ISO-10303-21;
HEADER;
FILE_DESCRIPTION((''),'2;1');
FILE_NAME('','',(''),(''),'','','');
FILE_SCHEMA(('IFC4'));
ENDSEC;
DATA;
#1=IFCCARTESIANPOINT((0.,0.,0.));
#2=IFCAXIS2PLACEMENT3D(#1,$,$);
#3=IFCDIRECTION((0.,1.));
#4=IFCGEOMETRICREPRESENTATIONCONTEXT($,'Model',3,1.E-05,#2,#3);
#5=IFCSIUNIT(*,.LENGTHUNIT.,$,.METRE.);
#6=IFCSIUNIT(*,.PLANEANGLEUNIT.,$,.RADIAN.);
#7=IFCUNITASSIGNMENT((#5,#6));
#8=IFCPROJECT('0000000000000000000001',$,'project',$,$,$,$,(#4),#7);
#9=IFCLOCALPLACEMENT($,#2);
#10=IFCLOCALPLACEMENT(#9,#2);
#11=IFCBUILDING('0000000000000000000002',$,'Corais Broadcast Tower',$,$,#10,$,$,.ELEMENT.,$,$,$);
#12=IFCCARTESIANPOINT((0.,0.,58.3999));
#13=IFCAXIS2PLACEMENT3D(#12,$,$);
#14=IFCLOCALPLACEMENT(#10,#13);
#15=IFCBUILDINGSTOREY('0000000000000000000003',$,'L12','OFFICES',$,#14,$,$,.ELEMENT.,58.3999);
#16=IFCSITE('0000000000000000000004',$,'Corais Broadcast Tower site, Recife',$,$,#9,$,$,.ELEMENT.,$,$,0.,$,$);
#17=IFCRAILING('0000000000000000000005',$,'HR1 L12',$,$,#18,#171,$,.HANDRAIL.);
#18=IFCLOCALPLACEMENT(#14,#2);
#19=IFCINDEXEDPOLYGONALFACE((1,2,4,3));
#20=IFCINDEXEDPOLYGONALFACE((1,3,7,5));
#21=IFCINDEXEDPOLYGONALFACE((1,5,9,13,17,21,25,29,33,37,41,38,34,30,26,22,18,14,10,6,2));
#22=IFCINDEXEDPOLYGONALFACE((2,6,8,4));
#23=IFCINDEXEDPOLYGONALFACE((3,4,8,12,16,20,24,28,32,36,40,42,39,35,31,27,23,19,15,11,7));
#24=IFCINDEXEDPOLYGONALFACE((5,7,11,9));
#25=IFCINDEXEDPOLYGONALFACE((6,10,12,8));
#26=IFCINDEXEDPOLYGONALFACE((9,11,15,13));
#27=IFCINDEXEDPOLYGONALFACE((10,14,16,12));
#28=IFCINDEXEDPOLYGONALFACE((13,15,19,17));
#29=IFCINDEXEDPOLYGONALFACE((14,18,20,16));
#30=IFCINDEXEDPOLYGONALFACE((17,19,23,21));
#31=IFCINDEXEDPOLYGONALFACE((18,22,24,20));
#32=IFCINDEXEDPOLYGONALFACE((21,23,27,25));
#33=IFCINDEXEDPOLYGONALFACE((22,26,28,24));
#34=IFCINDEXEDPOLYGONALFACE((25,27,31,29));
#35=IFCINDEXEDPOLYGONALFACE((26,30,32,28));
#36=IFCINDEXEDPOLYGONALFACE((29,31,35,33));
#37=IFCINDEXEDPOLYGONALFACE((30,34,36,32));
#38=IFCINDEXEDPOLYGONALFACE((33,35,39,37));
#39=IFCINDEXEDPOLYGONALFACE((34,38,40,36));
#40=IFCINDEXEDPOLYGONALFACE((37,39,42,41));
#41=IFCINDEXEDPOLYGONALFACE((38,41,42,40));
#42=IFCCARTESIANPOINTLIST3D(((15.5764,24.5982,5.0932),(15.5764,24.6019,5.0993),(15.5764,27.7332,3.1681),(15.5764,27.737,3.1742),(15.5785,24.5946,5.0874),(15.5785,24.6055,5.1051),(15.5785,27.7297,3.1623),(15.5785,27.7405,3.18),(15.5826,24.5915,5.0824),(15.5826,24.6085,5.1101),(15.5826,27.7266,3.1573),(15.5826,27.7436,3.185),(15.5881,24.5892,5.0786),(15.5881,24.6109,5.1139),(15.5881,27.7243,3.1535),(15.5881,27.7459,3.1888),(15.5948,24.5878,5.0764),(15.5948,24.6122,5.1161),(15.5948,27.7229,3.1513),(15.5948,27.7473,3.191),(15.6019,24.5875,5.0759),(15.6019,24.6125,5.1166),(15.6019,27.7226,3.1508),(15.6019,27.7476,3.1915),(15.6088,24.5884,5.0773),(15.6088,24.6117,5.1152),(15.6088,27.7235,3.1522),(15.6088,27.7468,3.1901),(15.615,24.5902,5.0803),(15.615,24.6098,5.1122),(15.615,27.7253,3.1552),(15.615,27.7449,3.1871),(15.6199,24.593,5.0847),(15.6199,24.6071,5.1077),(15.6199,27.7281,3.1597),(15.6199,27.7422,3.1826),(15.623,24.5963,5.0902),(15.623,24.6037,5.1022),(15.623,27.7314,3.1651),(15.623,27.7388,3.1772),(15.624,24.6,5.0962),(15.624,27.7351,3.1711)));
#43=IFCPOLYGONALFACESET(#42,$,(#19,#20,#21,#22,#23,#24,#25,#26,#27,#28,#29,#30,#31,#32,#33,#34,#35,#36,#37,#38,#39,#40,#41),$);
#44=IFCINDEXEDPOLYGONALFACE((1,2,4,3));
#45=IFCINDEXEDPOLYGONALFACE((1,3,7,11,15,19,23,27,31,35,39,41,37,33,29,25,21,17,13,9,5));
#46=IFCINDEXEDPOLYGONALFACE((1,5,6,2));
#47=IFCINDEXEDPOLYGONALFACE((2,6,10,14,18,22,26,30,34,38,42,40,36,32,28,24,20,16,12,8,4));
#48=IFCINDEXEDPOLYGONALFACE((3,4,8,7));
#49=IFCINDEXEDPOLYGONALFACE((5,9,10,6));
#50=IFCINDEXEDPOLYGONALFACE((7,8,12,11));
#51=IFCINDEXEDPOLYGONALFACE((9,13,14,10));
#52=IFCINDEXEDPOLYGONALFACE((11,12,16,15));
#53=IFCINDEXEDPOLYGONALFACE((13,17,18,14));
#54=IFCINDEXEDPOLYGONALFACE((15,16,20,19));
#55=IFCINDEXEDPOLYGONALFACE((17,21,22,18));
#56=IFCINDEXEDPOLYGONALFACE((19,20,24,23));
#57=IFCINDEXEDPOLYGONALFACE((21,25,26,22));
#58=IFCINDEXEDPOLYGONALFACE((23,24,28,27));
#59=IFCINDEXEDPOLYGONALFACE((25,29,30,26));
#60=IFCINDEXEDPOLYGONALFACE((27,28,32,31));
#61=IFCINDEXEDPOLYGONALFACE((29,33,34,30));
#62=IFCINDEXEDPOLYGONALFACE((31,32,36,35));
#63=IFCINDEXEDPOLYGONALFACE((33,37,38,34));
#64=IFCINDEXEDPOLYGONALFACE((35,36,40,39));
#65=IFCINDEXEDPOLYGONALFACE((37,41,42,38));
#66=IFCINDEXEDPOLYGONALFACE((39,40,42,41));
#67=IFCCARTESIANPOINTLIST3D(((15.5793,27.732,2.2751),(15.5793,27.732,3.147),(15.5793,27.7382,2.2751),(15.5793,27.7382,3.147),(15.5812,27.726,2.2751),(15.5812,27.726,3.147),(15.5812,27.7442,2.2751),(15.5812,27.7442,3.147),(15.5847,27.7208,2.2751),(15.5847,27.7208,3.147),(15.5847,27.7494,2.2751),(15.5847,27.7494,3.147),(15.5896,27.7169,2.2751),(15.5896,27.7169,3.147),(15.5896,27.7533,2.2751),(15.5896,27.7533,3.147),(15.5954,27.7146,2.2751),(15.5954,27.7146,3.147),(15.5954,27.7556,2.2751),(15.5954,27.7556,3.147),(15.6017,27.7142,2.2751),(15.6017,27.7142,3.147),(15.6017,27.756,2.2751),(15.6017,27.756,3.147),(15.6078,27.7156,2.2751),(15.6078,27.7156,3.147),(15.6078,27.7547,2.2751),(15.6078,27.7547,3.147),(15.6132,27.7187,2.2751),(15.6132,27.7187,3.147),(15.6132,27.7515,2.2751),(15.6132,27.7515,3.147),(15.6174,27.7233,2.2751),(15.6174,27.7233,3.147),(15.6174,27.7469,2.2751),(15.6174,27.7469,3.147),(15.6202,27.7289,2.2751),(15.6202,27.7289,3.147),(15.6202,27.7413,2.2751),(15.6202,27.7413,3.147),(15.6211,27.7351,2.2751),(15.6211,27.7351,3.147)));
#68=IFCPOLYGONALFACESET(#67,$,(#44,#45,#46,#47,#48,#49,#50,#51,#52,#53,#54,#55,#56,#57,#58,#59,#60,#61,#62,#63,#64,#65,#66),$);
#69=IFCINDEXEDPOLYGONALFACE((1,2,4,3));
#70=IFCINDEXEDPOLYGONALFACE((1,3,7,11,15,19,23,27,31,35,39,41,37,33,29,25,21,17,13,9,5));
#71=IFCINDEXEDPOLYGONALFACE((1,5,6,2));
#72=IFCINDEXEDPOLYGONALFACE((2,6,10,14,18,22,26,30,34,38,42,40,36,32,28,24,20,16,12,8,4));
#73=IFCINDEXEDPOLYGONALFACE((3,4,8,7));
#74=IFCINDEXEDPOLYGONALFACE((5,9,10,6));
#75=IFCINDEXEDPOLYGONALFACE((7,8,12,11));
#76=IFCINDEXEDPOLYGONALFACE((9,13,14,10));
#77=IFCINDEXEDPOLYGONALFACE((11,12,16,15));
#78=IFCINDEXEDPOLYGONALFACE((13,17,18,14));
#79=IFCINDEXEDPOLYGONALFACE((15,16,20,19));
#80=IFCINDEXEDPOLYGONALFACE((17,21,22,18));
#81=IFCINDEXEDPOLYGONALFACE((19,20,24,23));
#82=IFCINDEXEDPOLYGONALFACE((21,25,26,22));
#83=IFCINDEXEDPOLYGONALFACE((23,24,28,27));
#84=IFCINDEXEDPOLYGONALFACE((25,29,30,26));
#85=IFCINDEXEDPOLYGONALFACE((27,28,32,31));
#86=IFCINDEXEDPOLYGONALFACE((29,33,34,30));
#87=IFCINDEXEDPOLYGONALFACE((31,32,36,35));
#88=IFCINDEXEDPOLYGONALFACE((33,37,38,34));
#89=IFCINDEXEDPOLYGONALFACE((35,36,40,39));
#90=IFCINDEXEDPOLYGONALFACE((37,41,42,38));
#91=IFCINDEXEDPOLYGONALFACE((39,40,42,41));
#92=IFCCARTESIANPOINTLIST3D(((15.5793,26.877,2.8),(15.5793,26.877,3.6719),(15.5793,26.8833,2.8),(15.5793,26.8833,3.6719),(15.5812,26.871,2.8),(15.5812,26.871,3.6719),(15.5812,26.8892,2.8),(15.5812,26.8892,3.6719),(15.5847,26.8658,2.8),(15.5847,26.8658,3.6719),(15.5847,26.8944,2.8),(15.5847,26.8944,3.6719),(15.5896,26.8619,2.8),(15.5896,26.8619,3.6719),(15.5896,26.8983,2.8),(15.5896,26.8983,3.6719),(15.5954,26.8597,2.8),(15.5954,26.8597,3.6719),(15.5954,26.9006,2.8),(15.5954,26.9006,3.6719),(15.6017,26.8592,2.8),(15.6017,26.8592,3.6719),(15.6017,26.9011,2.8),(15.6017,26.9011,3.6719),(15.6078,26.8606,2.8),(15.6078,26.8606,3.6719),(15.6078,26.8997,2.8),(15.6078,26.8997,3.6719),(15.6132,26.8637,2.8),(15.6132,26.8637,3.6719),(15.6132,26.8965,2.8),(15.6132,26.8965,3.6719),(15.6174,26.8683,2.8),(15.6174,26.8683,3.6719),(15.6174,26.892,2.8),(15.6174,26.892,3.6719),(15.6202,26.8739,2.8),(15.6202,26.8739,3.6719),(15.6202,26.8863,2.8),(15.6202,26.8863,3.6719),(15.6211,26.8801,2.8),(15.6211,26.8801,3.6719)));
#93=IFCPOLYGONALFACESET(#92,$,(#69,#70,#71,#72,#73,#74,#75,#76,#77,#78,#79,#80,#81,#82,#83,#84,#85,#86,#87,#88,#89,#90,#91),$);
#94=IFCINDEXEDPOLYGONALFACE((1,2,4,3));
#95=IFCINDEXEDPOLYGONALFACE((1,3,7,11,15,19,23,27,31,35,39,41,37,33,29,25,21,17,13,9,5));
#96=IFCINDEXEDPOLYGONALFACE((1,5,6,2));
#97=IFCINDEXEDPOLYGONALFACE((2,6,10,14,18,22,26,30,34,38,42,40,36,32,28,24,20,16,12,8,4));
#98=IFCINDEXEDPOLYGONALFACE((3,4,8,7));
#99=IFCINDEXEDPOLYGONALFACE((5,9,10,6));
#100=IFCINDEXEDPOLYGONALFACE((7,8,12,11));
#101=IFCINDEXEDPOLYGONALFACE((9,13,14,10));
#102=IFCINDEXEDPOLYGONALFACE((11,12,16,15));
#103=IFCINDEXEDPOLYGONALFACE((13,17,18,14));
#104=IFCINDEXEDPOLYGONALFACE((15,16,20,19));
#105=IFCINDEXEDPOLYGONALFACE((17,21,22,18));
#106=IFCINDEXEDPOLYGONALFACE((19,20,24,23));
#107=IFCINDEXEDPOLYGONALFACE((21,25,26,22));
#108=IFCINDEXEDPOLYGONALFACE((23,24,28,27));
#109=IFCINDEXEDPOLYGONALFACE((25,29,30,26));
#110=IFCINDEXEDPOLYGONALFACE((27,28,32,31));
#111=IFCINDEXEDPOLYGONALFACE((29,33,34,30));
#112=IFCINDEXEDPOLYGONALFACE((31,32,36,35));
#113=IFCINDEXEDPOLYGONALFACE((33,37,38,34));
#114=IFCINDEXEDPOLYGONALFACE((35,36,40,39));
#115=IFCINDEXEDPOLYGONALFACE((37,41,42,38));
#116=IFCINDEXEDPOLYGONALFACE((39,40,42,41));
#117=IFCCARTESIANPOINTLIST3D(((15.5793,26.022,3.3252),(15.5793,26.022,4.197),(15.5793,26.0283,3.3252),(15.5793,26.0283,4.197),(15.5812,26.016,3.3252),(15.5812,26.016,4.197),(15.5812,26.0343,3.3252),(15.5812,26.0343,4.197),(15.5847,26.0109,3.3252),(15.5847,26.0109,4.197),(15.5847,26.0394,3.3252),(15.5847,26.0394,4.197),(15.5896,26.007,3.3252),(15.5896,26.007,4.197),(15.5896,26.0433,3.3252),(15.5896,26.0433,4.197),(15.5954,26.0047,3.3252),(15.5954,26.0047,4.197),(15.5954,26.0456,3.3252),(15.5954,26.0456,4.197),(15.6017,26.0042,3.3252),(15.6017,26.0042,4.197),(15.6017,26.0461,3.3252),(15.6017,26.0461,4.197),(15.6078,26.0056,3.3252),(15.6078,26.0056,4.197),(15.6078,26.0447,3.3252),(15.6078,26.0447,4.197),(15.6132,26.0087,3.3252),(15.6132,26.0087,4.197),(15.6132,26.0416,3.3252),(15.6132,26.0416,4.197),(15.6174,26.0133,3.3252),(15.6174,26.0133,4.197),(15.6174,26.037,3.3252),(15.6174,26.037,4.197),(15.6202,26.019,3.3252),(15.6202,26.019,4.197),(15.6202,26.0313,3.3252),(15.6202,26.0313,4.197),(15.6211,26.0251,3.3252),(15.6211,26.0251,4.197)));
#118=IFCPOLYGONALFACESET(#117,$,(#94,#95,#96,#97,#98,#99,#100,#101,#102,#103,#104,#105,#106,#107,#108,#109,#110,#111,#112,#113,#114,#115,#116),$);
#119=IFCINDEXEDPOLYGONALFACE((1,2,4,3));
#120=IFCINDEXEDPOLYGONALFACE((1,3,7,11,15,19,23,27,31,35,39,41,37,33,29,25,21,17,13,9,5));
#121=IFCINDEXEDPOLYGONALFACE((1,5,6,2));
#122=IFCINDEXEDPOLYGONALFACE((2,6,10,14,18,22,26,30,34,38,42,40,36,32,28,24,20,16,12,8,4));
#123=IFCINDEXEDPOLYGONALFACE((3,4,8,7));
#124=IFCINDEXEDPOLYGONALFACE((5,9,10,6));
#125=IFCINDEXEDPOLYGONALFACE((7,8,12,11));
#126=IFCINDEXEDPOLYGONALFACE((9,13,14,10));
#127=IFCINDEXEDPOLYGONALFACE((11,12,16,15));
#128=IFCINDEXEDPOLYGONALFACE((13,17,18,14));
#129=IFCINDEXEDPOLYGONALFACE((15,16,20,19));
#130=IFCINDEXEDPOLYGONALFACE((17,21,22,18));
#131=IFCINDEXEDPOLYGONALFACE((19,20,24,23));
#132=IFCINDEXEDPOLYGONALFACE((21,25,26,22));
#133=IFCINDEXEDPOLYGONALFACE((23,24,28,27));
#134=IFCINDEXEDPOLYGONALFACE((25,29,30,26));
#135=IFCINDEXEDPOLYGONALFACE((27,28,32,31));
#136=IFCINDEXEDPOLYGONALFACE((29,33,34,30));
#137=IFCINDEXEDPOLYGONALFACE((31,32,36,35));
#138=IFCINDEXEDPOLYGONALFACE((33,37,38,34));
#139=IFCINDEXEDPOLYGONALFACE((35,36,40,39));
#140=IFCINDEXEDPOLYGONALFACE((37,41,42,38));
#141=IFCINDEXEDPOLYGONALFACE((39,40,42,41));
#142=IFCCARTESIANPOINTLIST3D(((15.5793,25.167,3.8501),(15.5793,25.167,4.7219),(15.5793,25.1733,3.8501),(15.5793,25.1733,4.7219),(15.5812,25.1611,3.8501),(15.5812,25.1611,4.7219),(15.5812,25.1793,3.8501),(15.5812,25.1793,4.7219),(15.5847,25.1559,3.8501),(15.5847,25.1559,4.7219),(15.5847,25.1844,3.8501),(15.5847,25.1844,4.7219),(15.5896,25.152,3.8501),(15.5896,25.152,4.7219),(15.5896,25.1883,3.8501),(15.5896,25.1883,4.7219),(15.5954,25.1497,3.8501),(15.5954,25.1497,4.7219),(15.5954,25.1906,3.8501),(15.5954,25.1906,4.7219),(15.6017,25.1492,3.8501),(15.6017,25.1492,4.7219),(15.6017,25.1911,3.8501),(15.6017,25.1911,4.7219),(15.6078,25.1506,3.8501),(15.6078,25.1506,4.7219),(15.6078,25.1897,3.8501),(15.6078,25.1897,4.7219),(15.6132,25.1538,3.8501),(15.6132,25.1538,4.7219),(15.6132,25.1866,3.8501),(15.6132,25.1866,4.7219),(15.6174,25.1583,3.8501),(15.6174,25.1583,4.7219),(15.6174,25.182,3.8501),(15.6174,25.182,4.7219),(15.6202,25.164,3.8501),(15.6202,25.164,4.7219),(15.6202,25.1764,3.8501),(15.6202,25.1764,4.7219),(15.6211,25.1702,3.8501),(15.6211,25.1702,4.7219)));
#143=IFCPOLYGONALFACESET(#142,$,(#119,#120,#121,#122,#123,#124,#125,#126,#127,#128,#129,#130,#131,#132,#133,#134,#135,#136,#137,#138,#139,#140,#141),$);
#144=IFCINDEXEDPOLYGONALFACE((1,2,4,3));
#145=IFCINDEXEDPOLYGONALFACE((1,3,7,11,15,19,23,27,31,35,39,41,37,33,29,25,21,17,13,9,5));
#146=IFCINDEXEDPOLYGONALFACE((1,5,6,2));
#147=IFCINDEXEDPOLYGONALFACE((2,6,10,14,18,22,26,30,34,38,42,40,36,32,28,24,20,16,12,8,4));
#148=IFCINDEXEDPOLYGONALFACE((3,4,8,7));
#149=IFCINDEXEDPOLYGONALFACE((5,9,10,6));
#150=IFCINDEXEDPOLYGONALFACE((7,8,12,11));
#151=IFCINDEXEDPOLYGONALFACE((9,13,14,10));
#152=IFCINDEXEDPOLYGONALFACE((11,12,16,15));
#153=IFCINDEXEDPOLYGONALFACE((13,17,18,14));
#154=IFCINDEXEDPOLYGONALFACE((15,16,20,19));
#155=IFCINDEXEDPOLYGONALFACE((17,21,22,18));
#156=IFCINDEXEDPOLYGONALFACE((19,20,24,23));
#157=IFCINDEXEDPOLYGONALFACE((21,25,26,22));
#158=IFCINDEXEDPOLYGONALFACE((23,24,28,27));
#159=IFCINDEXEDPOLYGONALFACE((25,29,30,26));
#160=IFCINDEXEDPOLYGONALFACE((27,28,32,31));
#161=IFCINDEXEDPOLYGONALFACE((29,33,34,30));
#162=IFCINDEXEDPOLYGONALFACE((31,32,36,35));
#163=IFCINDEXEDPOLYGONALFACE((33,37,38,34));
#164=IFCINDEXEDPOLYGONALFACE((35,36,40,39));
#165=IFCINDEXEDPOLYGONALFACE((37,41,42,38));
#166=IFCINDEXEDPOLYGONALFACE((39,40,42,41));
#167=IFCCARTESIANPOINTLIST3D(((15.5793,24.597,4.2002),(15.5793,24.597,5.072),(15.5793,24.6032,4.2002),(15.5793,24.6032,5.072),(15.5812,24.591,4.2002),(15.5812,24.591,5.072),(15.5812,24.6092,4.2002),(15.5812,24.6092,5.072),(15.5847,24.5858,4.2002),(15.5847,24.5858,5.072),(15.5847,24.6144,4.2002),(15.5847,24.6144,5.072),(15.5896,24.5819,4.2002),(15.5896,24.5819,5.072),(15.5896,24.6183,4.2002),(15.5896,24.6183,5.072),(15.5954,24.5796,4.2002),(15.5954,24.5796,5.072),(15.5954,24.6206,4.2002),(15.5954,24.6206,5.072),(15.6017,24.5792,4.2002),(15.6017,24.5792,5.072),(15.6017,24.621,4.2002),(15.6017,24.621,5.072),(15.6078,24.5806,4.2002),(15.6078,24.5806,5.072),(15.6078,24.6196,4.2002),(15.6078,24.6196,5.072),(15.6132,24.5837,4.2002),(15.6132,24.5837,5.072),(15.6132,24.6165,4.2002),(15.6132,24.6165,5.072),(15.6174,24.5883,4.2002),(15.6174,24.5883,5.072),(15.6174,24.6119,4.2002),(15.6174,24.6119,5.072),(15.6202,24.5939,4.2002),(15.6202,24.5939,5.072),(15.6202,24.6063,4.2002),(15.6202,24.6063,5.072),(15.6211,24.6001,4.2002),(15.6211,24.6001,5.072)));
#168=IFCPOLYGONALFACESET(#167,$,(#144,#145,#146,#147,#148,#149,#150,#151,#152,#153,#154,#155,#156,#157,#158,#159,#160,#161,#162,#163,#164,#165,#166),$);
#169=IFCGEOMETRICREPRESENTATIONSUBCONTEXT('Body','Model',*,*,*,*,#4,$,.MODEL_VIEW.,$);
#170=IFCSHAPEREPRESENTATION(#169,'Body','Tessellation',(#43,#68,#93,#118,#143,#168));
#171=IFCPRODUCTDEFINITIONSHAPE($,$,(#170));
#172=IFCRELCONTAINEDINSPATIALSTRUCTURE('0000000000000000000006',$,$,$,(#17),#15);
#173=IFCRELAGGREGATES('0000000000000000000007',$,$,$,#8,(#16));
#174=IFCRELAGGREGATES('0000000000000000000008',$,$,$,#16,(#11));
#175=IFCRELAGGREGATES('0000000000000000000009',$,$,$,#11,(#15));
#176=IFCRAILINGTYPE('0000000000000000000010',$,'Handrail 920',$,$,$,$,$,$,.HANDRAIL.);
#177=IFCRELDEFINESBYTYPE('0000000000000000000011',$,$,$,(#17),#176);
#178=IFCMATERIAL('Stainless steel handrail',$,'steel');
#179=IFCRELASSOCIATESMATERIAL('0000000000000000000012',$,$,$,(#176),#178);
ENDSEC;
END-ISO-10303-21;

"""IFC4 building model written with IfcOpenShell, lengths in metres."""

from ifc_helpers import new_model, si_unit, direction, frame, origin, origin_2d, place, context, subcontext, project, spatial, circle, extrude, material, type_object, element, save


model = new_model("IFC4")

# Units and contexts
model_context = context("Model", 3, precision=1e-05, world=origin(), true_north=direction((0.0, 1.0)))
body_context = subcontext(model_context, "Body", "Model", "MODEL_VIEW")
ifc_project = project(units=[si_unit("LENGTHUNIT", "METRE"), si_unit("PLANEANGLEUNIT", "RADIAN")], contexts=[model_context])

# Site, building, storey
site_placement = place(None, origin())
site = spatial("IfcSite", under=ifc_project, at=site_placement, Name="Corais Broadcast Tower site, Recife", CompositionType="ELEMENT", RefElevation=0.0)
building_placement = place(site_placement, origin())
building = spatial("IfcBuilding", under=site, at=building_placement, Name="Corais Broadcast Tower", CompositionType="ELEMENT")
storey_placement = place(building_placement, frame((0.0, 0.0, 58.3999)))
storey = spatial("IfcBuildingStorey", under=building, at=storey_placement, Name="L12", Description="OFFICES", CompositionType="ELEMENT", Elevation=58.3999)

# Railing
ifc_material_1 = material(Name="Stainless steel handrail", Category="steel")
railing_type = type_object("IfcRailingType", Name="Handrail 920", PredefinedType="HANDRAIL", material=ifc_material_1)
for number, where, name in (
    (1, (15.6001, 27.7351, 2.2751), "HR1 L12"),
):
    element("IfcRailing", number, at=place(storey_placement, frame(where)), inside=storey, type_object=railing_type, Name=name, PredefinedType="HANDRAIL", context=body_context, shape_type="SweptSolid", body=[
        extrude(circle(Radius=0.0239, at=origin_2d()), frame((0.0, 0.0, 0.896), z_axis=(0.0, -0.852166, 0.523271), x_axis=(1.0, 0.0, 0.0)), (0.0, 0.0, 1.0), 3.679),
        extrude(circle(Radius=0.021, at=origin_2d()), origin(), (0.0, 0.0, 1.0), 0.8718),
        extrude(circle(Radius=0.021, at=origin_2d()), frame((0.0, -0.855, 0.5249)), (0.0, 0.0, 1.0), 0.8718),
        extrude(circle(Radius=0.021, at=origin_2d()), frame((0.0, -1.71, 1.05)), (0.0, 0.0, 1.0), 0.8718),
        extrude(circle(Radius=0.021, at=origin_2d()), frame((0.0, -2.5649, 1.575)), (0.0, 0.0, 1.0), 0.8718),
        extrude(circle(Radius=0.021, at=origin_2d()), frame((0.0, -3.135, 1.925)), (0.0, 0.0, 1.0), 0.8718),
    ])

save(model, "model.ifc")
